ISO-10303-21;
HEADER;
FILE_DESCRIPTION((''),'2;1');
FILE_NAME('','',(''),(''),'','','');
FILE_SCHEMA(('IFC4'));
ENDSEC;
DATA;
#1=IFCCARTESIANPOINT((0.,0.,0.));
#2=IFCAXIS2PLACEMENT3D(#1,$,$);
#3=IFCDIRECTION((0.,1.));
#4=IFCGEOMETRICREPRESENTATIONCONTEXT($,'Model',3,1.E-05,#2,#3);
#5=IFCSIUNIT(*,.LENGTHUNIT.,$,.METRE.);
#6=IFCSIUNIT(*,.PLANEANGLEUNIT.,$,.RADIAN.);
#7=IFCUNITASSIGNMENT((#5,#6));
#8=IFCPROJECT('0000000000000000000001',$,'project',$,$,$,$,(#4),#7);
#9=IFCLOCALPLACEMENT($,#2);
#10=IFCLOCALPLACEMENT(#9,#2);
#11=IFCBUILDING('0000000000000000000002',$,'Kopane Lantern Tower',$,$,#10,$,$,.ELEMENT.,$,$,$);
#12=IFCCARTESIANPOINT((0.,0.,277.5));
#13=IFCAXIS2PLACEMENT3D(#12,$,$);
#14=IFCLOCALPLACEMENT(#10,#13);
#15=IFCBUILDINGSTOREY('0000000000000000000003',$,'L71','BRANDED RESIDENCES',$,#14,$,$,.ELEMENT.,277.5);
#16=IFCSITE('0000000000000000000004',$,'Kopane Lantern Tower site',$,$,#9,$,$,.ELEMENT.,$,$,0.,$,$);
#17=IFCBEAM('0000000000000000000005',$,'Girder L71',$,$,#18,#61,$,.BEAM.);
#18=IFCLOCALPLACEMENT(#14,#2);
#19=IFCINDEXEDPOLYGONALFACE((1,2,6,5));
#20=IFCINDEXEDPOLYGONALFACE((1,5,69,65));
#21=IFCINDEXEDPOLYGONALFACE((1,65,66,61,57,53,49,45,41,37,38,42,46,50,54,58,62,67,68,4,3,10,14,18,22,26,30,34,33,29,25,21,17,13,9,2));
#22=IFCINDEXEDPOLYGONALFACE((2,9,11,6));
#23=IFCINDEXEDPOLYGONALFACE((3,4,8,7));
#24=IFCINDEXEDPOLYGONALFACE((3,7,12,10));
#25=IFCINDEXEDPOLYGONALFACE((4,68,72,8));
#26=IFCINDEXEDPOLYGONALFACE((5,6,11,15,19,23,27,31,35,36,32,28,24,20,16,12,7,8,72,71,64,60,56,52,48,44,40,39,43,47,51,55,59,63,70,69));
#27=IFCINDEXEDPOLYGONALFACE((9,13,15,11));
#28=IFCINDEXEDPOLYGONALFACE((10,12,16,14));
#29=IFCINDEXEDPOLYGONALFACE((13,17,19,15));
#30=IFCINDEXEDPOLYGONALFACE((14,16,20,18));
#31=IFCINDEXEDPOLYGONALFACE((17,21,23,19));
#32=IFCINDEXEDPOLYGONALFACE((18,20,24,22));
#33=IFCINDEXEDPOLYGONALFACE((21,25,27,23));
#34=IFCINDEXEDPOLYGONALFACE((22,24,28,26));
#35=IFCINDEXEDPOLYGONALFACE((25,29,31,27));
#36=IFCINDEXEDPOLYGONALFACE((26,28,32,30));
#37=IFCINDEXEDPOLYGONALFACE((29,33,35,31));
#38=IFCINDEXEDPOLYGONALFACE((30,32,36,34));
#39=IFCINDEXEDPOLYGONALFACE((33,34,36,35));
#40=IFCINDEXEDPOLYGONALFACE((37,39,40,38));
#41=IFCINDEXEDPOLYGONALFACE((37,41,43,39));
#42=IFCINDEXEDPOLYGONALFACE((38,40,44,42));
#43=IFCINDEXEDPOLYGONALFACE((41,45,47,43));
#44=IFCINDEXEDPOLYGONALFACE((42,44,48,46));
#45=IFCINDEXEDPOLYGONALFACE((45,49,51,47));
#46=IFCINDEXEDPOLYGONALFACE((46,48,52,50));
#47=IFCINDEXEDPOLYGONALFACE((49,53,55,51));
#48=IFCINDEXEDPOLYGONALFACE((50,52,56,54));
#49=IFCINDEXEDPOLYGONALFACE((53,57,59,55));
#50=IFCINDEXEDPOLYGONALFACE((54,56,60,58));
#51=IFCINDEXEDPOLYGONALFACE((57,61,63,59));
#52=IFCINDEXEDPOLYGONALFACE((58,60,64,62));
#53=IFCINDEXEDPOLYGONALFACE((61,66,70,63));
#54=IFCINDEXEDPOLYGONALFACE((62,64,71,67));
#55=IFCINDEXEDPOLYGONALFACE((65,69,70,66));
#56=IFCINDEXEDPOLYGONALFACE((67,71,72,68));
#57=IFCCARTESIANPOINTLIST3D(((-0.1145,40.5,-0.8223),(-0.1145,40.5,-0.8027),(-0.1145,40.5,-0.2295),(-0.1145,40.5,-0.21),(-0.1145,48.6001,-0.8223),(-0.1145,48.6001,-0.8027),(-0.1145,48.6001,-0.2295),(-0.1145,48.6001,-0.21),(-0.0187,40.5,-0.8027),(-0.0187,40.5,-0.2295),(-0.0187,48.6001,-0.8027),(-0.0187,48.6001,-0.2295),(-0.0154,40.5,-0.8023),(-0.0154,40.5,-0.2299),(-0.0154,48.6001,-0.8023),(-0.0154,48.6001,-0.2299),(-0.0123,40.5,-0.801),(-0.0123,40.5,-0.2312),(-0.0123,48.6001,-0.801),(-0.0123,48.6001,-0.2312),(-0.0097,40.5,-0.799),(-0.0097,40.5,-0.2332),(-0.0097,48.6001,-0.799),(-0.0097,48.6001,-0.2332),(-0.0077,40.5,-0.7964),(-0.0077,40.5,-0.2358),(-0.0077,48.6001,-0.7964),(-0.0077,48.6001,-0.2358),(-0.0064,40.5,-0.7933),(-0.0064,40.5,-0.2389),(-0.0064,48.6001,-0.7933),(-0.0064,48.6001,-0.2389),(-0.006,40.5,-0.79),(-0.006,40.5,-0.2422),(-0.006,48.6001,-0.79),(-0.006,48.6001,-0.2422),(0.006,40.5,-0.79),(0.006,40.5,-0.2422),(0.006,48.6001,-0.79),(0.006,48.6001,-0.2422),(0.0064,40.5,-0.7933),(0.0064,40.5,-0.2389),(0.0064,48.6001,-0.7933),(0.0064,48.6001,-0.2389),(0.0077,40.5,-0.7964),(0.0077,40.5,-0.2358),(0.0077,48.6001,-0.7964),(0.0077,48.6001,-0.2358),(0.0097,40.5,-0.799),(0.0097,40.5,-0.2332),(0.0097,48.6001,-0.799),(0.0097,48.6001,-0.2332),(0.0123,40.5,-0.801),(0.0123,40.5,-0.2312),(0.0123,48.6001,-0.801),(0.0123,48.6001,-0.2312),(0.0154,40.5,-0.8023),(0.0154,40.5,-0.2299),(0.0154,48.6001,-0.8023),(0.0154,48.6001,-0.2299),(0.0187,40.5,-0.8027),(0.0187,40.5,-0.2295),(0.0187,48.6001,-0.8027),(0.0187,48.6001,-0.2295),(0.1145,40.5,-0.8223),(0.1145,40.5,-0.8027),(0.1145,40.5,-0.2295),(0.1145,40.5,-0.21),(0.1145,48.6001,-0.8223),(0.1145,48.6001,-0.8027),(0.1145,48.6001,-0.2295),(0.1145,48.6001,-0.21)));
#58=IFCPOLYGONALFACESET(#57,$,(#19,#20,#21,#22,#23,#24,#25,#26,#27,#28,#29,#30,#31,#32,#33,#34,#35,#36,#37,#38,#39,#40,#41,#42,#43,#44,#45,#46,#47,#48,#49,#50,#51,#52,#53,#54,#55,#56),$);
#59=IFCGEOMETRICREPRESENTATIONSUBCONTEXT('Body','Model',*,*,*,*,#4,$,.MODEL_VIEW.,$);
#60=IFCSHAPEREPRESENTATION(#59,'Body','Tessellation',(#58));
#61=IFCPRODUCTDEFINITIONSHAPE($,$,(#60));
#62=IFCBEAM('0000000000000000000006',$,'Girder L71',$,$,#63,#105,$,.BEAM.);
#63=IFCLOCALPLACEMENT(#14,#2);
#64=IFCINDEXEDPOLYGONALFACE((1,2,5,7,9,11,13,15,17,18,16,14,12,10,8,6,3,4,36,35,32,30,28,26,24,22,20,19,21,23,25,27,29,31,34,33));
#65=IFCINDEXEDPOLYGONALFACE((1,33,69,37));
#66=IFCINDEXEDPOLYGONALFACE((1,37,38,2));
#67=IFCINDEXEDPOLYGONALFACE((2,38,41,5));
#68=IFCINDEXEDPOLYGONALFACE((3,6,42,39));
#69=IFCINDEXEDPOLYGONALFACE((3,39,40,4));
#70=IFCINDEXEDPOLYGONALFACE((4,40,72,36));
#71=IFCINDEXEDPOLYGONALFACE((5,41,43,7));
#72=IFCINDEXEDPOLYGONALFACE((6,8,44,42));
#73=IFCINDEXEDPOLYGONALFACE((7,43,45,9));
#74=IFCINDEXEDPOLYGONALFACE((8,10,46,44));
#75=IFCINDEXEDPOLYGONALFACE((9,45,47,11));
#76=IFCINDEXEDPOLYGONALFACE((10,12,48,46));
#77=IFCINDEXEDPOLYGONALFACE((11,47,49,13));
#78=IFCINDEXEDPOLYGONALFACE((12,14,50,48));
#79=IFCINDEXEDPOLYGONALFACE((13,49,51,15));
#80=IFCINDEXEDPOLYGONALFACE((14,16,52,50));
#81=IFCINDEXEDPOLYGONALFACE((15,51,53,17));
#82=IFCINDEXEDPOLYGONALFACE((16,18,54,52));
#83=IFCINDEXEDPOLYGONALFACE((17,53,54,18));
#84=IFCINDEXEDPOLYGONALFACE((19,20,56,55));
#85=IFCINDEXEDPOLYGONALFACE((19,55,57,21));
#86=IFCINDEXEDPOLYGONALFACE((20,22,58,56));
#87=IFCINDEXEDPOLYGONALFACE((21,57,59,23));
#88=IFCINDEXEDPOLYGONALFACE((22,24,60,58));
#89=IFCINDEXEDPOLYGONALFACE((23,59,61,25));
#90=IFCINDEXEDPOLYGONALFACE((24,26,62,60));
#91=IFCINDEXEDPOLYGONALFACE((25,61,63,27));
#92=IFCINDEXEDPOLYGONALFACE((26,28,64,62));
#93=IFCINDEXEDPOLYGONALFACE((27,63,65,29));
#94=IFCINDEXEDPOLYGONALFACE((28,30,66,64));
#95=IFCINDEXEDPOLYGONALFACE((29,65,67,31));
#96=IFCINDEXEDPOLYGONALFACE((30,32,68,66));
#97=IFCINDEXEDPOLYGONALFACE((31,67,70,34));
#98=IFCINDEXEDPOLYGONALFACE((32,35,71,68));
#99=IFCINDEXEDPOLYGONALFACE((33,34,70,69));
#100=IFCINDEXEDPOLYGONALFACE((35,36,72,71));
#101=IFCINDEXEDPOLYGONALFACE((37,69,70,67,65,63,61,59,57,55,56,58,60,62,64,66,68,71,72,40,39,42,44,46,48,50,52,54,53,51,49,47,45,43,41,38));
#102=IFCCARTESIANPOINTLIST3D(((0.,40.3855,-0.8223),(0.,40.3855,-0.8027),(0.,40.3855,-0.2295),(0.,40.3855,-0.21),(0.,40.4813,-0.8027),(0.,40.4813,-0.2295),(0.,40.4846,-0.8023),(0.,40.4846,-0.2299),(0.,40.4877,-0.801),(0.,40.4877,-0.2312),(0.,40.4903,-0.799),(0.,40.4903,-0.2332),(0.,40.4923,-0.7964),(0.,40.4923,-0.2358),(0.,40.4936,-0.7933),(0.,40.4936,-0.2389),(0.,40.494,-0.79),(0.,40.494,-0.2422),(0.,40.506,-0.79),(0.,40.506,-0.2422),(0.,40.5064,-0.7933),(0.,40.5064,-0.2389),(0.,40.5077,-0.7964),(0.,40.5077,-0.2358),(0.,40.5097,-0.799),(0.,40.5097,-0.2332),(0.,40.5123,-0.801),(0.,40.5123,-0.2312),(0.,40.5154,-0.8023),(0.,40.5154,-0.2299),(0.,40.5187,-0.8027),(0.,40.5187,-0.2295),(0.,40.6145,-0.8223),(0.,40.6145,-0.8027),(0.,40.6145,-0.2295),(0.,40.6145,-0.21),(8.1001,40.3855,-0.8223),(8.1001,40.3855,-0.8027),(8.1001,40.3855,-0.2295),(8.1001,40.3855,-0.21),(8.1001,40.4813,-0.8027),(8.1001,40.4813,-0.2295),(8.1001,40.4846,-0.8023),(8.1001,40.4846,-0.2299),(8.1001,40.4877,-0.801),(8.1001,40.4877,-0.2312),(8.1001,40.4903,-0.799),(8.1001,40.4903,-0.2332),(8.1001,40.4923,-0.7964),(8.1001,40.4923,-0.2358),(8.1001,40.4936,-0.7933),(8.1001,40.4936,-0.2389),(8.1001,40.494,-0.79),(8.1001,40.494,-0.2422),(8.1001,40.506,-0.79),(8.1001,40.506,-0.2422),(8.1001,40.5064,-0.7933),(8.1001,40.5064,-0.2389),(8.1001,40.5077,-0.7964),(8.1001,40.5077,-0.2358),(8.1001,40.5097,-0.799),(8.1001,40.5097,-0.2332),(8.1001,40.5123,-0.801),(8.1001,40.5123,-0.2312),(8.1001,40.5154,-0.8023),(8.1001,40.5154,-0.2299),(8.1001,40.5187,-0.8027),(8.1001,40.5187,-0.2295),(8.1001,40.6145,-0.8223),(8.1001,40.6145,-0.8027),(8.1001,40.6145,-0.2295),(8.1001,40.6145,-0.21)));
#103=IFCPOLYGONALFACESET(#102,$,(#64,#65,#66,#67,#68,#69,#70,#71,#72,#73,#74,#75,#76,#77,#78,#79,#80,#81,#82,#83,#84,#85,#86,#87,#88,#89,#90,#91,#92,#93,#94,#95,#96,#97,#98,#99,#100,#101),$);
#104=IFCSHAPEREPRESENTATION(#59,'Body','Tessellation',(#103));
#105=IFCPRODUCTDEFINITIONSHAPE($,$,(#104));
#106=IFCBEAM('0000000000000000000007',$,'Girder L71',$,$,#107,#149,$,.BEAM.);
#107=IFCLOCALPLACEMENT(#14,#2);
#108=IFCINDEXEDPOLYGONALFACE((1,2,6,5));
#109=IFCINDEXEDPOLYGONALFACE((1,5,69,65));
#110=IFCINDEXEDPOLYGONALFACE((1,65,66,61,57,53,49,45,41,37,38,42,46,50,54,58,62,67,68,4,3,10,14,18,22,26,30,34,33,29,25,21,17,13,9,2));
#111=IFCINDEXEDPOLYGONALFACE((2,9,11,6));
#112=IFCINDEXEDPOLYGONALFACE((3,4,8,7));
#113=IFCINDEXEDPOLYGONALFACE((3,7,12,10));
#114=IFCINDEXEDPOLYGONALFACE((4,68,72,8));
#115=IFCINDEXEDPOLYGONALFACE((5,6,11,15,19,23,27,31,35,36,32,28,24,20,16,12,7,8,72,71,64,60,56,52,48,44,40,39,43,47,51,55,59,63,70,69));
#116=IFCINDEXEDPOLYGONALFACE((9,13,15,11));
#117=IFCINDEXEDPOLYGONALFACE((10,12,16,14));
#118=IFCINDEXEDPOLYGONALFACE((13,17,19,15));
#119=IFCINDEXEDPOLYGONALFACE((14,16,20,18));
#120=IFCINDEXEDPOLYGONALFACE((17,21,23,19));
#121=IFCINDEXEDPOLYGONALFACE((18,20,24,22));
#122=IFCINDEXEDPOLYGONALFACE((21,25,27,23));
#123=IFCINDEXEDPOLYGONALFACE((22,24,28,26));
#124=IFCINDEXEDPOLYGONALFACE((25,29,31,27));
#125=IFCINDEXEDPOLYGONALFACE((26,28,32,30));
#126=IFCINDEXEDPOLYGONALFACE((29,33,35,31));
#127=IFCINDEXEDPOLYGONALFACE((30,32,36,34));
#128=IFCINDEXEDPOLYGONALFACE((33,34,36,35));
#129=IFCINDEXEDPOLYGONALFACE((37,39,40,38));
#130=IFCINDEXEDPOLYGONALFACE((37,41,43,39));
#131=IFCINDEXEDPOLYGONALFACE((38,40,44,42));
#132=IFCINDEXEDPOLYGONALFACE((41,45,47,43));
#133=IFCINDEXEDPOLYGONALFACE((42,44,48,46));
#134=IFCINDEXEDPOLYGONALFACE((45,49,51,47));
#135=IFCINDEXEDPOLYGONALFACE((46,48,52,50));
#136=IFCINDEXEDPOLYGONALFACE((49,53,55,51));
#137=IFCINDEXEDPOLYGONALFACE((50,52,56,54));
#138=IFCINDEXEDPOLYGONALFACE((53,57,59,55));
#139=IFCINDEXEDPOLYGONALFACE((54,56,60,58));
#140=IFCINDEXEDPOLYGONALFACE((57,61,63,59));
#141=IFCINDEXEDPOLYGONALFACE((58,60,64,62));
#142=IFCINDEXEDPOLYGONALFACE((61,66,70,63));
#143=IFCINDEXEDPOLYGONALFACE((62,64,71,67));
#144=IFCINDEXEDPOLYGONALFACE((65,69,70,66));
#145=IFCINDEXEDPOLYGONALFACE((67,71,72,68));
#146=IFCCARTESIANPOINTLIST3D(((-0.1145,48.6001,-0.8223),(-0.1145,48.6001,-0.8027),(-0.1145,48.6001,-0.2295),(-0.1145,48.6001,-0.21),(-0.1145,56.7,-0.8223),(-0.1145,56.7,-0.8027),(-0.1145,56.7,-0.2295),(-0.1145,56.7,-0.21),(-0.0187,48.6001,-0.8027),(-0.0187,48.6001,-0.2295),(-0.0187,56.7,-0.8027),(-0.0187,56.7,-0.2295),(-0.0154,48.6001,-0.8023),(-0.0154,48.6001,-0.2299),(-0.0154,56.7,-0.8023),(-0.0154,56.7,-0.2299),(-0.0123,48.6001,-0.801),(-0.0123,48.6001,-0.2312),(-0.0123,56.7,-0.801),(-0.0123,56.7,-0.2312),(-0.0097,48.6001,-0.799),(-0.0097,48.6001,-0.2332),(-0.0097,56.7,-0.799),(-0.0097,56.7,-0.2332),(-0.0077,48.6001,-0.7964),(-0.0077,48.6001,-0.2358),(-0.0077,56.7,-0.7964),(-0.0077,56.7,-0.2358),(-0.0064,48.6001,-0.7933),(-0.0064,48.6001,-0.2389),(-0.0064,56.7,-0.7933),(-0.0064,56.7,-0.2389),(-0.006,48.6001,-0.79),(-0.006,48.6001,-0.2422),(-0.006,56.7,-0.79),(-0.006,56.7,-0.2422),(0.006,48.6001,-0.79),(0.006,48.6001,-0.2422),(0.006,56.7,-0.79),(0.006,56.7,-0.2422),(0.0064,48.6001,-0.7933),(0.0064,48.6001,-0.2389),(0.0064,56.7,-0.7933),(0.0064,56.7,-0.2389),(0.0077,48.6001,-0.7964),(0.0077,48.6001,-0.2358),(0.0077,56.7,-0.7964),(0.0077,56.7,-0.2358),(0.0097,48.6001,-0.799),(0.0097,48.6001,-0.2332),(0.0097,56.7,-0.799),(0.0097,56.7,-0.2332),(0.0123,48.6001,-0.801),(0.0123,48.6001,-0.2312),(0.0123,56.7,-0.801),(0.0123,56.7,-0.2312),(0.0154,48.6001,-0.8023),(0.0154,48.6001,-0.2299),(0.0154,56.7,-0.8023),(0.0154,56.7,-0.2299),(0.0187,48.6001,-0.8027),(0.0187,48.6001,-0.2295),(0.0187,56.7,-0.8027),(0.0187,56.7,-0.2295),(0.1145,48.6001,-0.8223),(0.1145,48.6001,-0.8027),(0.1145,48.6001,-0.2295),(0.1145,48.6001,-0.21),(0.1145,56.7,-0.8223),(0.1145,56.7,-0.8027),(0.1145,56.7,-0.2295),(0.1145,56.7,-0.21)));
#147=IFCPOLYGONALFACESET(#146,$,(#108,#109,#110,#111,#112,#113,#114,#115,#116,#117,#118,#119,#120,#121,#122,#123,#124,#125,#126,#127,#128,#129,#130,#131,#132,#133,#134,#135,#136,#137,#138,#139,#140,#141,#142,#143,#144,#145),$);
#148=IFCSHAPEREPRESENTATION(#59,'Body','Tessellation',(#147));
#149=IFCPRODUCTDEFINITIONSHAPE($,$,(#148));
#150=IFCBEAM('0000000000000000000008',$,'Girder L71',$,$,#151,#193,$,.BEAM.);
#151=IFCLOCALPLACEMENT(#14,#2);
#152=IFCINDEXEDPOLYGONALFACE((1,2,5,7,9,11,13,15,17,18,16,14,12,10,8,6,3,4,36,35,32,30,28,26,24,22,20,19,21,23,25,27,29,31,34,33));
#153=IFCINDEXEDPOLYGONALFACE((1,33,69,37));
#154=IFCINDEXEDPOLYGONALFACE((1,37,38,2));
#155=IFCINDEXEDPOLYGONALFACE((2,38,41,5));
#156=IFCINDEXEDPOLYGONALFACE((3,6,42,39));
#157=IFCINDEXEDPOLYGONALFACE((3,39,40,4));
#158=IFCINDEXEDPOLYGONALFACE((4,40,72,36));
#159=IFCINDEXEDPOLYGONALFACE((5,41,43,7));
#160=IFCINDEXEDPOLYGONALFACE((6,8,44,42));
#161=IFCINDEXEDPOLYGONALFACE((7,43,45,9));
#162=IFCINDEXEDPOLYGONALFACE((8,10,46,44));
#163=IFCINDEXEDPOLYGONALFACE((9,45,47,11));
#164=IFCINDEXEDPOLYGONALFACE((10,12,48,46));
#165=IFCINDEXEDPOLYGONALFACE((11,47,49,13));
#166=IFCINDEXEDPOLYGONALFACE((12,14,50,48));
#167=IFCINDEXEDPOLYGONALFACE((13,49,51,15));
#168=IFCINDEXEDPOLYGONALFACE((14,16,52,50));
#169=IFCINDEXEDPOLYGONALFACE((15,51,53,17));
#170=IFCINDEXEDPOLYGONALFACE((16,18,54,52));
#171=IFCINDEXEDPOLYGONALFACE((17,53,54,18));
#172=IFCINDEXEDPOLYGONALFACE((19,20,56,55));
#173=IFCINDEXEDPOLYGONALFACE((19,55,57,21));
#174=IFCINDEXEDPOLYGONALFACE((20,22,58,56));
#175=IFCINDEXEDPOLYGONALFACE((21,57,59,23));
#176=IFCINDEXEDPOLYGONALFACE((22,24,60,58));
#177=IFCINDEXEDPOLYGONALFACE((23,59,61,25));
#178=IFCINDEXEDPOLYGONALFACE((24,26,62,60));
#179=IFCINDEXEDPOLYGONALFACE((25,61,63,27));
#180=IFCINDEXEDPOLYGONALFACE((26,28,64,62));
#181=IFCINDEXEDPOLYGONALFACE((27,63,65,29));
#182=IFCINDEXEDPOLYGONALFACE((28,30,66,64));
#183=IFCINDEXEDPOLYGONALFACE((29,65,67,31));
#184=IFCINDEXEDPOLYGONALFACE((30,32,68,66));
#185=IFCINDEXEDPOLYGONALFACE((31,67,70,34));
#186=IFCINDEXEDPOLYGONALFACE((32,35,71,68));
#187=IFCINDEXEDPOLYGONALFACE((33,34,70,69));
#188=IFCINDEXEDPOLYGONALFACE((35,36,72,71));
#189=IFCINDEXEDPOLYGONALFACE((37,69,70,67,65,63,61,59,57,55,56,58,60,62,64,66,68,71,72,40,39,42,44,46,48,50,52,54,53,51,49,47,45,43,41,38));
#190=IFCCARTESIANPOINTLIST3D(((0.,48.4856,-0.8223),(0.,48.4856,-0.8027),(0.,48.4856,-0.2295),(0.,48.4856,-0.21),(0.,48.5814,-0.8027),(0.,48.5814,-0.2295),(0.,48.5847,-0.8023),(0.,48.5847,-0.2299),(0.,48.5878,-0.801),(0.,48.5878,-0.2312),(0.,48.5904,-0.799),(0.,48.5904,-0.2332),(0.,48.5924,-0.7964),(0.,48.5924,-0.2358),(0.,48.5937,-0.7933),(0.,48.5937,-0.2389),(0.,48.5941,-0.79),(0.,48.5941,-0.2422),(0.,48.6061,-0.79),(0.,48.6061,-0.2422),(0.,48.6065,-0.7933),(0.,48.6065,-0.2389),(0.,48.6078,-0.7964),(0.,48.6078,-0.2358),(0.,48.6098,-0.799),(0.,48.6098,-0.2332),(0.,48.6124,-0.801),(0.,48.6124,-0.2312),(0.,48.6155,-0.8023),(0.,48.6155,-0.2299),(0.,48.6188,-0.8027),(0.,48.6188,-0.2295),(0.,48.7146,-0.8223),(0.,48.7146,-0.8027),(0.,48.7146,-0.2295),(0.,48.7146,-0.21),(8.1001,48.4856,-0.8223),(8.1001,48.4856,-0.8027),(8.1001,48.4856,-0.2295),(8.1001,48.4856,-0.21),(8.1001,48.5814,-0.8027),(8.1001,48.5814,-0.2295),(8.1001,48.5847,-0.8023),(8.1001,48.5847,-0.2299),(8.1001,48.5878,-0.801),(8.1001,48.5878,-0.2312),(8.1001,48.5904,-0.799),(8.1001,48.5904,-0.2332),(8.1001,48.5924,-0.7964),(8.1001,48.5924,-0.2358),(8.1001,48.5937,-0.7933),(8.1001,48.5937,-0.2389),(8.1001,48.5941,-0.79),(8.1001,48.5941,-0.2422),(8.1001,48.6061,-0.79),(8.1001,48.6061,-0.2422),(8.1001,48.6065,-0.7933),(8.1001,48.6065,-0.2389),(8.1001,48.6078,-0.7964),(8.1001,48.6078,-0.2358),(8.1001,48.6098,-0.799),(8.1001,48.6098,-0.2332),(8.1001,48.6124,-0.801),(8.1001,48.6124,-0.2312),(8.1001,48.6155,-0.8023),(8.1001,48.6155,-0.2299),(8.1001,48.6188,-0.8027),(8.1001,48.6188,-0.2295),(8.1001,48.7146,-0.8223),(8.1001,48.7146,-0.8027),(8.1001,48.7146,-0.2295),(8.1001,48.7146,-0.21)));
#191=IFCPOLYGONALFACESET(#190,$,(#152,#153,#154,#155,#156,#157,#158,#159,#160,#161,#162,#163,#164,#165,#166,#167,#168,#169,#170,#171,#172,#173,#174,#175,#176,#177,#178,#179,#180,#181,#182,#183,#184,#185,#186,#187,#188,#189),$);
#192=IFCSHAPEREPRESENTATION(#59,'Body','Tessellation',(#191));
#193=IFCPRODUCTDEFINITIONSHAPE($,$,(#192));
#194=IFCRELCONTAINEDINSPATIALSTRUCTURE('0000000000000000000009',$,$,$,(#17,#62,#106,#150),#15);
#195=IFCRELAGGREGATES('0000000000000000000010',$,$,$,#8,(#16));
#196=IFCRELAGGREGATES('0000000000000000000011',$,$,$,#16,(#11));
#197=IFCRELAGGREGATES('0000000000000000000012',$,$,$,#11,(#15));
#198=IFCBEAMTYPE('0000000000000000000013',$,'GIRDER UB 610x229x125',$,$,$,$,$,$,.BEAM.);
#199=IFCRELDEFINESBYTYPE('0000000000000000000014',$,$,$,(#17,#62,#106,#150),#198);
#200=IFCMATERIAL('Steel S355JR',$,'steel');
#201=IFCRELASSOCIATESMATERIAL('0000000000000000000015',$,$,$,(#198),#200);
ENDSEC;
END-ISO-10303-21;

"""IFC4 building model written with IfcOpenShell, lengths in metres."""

from ifc_helpers import new_model, si_unit, direction, frame, origin, origin_2d, place, context, subcontext, project, spatial, i_section, extrude, material, material_profile, profile_set, type_object, element, save


model = new_model("IFC4")

# Units and contexts
model_context = context("Model", 3, precision=1e-05, world=origin(), true_north=direction((0.0, 1.0)))
body_context = subcontext(model_context, "Body", "Model", "MODEL_VIEW")
ifc_project = project(units=[si_unit("LENGTHUNIT", "METRE"), si_unit("PLANEANGLEUNIT", "RADIAN")], contexts=[model_context])

# Site, building, storey
site_placement = place(None, origin())
site = spatial("IfcSite", under=ifc_project, at=site_placement, Name="Kopane Lantern Tower site", CompositionType="ELEMENT", RefElevation=0.0)
building_placement = place(site_placement, origin())
building = spatial("IfcBuilding", under=site, at=building_placement, Name="Kopane Lantern Tower", CompositionType="ELEMENT")
storey_placement = place(building_placement, frame((0.0, 0.0, 277.5)))
storey = spatial("IfcBuildingStorey", under=building, at=storey_placement, Name="L71", Description="BRANDED RESIDENCES", CompositionType="ELEMENT", Elevation=277.5)

# Beams
ifc_material_1 = material(Name="Steel S355JR", Category="steel")
ifc_material_profile_1 = material_profile(ifc_material_1, i_section(OverallWidth=0.229, OverallDepth=0.6123, WebThickness=0.012, FlangeThickness=0.0195, FilletRadius=0.0127, at=origin_2d()), Name="UB 610x229x125")
ifc_profile_set_1 = profile_set([ifc_material_profile_1], Name="Steel S355JR")
beam_type = type_object("IfcBeamType", Name="GIRDER UB 610x229x125", PredefinedType="BEAM", material=ifc_profile_set_1)
for number, where, z_axis, x_axis, name in (
    (1, (0.0, 40.5, -0.5161), (0.0, 1.0, 0.0), (-1.0, 0.0, 0.0), "Girder L71"),
    (2, (0.0, 40.5, -0.5161), (1.0, 0.0, 0.0), (0.0, 1.0, 0.0), "Girder L71"),
):
    element("IfcBeam", number, at=place(storey_placement, frame(where, z_axis=z_axis, x_axis=x_axis)), inside=storey, type_object=beam_type, Name=name, PredefinedType="BEAM", context=body_context, shape_type="SweptSolid", body=[
        extrude(i_section(OverallWidth=0.229, OverallDepth=0.6123, WebThickness=0.012, FlangeThickness=0.0195, FilletRadius=0.0127, at=origin_2d()), origin(), (0.0, 0.0, 1.0), 8.1001),
    ])
beam_placement = place(storey_placement, frame((0.0, 48.6001, -0.5161), z_axis=(0.0, 1.0, 0.0), x_axis=(-1.0, 0.0, 0.0)))
element("IfcBeam", 3, at=beam_placement, inside=storey, type_object=beam_type, Name="Girder L71", PredefinedType="BEAM", context=body_context, shape_type="SweptSolid", body=[
    extrude(i_section(OverallWidth=0.229, OverallDepth=0.6123, WebThickness=0.012, FlangeThickness=0.0195, FilletRadius=0.0127, at=origin_2d()), origin(), (0.0, 0.0, 1.0), 8.0999),
])
for number, where, z_axis, x_axis, name in (
    (4, (0.0, 48.6001, -0.5161), (1.0, 0.0, 0.0), (0.0, 1.0, 0.0), "Girder L71"),
):
    element("IfcBeam", number, at=place(storey_placement, frame(where, z_axis=z_axis, x_axis=x_axis)), inside=storey, type_object=beam_type, Name=name, PredefinedType="BEAM", context=body_context, shape_type="SweptSolid", body=[
        extrude(i_section(OverallWidth=0.229, OverallDepth=0.6123, WebThickness=0.012, FlangeThickness=0.0195, FilletRadius=0.0127, at=origin_2d()), origin(), (0.0, 0.0, 1.0), 8.1001),
    ])

save(model, "model.ifc")
